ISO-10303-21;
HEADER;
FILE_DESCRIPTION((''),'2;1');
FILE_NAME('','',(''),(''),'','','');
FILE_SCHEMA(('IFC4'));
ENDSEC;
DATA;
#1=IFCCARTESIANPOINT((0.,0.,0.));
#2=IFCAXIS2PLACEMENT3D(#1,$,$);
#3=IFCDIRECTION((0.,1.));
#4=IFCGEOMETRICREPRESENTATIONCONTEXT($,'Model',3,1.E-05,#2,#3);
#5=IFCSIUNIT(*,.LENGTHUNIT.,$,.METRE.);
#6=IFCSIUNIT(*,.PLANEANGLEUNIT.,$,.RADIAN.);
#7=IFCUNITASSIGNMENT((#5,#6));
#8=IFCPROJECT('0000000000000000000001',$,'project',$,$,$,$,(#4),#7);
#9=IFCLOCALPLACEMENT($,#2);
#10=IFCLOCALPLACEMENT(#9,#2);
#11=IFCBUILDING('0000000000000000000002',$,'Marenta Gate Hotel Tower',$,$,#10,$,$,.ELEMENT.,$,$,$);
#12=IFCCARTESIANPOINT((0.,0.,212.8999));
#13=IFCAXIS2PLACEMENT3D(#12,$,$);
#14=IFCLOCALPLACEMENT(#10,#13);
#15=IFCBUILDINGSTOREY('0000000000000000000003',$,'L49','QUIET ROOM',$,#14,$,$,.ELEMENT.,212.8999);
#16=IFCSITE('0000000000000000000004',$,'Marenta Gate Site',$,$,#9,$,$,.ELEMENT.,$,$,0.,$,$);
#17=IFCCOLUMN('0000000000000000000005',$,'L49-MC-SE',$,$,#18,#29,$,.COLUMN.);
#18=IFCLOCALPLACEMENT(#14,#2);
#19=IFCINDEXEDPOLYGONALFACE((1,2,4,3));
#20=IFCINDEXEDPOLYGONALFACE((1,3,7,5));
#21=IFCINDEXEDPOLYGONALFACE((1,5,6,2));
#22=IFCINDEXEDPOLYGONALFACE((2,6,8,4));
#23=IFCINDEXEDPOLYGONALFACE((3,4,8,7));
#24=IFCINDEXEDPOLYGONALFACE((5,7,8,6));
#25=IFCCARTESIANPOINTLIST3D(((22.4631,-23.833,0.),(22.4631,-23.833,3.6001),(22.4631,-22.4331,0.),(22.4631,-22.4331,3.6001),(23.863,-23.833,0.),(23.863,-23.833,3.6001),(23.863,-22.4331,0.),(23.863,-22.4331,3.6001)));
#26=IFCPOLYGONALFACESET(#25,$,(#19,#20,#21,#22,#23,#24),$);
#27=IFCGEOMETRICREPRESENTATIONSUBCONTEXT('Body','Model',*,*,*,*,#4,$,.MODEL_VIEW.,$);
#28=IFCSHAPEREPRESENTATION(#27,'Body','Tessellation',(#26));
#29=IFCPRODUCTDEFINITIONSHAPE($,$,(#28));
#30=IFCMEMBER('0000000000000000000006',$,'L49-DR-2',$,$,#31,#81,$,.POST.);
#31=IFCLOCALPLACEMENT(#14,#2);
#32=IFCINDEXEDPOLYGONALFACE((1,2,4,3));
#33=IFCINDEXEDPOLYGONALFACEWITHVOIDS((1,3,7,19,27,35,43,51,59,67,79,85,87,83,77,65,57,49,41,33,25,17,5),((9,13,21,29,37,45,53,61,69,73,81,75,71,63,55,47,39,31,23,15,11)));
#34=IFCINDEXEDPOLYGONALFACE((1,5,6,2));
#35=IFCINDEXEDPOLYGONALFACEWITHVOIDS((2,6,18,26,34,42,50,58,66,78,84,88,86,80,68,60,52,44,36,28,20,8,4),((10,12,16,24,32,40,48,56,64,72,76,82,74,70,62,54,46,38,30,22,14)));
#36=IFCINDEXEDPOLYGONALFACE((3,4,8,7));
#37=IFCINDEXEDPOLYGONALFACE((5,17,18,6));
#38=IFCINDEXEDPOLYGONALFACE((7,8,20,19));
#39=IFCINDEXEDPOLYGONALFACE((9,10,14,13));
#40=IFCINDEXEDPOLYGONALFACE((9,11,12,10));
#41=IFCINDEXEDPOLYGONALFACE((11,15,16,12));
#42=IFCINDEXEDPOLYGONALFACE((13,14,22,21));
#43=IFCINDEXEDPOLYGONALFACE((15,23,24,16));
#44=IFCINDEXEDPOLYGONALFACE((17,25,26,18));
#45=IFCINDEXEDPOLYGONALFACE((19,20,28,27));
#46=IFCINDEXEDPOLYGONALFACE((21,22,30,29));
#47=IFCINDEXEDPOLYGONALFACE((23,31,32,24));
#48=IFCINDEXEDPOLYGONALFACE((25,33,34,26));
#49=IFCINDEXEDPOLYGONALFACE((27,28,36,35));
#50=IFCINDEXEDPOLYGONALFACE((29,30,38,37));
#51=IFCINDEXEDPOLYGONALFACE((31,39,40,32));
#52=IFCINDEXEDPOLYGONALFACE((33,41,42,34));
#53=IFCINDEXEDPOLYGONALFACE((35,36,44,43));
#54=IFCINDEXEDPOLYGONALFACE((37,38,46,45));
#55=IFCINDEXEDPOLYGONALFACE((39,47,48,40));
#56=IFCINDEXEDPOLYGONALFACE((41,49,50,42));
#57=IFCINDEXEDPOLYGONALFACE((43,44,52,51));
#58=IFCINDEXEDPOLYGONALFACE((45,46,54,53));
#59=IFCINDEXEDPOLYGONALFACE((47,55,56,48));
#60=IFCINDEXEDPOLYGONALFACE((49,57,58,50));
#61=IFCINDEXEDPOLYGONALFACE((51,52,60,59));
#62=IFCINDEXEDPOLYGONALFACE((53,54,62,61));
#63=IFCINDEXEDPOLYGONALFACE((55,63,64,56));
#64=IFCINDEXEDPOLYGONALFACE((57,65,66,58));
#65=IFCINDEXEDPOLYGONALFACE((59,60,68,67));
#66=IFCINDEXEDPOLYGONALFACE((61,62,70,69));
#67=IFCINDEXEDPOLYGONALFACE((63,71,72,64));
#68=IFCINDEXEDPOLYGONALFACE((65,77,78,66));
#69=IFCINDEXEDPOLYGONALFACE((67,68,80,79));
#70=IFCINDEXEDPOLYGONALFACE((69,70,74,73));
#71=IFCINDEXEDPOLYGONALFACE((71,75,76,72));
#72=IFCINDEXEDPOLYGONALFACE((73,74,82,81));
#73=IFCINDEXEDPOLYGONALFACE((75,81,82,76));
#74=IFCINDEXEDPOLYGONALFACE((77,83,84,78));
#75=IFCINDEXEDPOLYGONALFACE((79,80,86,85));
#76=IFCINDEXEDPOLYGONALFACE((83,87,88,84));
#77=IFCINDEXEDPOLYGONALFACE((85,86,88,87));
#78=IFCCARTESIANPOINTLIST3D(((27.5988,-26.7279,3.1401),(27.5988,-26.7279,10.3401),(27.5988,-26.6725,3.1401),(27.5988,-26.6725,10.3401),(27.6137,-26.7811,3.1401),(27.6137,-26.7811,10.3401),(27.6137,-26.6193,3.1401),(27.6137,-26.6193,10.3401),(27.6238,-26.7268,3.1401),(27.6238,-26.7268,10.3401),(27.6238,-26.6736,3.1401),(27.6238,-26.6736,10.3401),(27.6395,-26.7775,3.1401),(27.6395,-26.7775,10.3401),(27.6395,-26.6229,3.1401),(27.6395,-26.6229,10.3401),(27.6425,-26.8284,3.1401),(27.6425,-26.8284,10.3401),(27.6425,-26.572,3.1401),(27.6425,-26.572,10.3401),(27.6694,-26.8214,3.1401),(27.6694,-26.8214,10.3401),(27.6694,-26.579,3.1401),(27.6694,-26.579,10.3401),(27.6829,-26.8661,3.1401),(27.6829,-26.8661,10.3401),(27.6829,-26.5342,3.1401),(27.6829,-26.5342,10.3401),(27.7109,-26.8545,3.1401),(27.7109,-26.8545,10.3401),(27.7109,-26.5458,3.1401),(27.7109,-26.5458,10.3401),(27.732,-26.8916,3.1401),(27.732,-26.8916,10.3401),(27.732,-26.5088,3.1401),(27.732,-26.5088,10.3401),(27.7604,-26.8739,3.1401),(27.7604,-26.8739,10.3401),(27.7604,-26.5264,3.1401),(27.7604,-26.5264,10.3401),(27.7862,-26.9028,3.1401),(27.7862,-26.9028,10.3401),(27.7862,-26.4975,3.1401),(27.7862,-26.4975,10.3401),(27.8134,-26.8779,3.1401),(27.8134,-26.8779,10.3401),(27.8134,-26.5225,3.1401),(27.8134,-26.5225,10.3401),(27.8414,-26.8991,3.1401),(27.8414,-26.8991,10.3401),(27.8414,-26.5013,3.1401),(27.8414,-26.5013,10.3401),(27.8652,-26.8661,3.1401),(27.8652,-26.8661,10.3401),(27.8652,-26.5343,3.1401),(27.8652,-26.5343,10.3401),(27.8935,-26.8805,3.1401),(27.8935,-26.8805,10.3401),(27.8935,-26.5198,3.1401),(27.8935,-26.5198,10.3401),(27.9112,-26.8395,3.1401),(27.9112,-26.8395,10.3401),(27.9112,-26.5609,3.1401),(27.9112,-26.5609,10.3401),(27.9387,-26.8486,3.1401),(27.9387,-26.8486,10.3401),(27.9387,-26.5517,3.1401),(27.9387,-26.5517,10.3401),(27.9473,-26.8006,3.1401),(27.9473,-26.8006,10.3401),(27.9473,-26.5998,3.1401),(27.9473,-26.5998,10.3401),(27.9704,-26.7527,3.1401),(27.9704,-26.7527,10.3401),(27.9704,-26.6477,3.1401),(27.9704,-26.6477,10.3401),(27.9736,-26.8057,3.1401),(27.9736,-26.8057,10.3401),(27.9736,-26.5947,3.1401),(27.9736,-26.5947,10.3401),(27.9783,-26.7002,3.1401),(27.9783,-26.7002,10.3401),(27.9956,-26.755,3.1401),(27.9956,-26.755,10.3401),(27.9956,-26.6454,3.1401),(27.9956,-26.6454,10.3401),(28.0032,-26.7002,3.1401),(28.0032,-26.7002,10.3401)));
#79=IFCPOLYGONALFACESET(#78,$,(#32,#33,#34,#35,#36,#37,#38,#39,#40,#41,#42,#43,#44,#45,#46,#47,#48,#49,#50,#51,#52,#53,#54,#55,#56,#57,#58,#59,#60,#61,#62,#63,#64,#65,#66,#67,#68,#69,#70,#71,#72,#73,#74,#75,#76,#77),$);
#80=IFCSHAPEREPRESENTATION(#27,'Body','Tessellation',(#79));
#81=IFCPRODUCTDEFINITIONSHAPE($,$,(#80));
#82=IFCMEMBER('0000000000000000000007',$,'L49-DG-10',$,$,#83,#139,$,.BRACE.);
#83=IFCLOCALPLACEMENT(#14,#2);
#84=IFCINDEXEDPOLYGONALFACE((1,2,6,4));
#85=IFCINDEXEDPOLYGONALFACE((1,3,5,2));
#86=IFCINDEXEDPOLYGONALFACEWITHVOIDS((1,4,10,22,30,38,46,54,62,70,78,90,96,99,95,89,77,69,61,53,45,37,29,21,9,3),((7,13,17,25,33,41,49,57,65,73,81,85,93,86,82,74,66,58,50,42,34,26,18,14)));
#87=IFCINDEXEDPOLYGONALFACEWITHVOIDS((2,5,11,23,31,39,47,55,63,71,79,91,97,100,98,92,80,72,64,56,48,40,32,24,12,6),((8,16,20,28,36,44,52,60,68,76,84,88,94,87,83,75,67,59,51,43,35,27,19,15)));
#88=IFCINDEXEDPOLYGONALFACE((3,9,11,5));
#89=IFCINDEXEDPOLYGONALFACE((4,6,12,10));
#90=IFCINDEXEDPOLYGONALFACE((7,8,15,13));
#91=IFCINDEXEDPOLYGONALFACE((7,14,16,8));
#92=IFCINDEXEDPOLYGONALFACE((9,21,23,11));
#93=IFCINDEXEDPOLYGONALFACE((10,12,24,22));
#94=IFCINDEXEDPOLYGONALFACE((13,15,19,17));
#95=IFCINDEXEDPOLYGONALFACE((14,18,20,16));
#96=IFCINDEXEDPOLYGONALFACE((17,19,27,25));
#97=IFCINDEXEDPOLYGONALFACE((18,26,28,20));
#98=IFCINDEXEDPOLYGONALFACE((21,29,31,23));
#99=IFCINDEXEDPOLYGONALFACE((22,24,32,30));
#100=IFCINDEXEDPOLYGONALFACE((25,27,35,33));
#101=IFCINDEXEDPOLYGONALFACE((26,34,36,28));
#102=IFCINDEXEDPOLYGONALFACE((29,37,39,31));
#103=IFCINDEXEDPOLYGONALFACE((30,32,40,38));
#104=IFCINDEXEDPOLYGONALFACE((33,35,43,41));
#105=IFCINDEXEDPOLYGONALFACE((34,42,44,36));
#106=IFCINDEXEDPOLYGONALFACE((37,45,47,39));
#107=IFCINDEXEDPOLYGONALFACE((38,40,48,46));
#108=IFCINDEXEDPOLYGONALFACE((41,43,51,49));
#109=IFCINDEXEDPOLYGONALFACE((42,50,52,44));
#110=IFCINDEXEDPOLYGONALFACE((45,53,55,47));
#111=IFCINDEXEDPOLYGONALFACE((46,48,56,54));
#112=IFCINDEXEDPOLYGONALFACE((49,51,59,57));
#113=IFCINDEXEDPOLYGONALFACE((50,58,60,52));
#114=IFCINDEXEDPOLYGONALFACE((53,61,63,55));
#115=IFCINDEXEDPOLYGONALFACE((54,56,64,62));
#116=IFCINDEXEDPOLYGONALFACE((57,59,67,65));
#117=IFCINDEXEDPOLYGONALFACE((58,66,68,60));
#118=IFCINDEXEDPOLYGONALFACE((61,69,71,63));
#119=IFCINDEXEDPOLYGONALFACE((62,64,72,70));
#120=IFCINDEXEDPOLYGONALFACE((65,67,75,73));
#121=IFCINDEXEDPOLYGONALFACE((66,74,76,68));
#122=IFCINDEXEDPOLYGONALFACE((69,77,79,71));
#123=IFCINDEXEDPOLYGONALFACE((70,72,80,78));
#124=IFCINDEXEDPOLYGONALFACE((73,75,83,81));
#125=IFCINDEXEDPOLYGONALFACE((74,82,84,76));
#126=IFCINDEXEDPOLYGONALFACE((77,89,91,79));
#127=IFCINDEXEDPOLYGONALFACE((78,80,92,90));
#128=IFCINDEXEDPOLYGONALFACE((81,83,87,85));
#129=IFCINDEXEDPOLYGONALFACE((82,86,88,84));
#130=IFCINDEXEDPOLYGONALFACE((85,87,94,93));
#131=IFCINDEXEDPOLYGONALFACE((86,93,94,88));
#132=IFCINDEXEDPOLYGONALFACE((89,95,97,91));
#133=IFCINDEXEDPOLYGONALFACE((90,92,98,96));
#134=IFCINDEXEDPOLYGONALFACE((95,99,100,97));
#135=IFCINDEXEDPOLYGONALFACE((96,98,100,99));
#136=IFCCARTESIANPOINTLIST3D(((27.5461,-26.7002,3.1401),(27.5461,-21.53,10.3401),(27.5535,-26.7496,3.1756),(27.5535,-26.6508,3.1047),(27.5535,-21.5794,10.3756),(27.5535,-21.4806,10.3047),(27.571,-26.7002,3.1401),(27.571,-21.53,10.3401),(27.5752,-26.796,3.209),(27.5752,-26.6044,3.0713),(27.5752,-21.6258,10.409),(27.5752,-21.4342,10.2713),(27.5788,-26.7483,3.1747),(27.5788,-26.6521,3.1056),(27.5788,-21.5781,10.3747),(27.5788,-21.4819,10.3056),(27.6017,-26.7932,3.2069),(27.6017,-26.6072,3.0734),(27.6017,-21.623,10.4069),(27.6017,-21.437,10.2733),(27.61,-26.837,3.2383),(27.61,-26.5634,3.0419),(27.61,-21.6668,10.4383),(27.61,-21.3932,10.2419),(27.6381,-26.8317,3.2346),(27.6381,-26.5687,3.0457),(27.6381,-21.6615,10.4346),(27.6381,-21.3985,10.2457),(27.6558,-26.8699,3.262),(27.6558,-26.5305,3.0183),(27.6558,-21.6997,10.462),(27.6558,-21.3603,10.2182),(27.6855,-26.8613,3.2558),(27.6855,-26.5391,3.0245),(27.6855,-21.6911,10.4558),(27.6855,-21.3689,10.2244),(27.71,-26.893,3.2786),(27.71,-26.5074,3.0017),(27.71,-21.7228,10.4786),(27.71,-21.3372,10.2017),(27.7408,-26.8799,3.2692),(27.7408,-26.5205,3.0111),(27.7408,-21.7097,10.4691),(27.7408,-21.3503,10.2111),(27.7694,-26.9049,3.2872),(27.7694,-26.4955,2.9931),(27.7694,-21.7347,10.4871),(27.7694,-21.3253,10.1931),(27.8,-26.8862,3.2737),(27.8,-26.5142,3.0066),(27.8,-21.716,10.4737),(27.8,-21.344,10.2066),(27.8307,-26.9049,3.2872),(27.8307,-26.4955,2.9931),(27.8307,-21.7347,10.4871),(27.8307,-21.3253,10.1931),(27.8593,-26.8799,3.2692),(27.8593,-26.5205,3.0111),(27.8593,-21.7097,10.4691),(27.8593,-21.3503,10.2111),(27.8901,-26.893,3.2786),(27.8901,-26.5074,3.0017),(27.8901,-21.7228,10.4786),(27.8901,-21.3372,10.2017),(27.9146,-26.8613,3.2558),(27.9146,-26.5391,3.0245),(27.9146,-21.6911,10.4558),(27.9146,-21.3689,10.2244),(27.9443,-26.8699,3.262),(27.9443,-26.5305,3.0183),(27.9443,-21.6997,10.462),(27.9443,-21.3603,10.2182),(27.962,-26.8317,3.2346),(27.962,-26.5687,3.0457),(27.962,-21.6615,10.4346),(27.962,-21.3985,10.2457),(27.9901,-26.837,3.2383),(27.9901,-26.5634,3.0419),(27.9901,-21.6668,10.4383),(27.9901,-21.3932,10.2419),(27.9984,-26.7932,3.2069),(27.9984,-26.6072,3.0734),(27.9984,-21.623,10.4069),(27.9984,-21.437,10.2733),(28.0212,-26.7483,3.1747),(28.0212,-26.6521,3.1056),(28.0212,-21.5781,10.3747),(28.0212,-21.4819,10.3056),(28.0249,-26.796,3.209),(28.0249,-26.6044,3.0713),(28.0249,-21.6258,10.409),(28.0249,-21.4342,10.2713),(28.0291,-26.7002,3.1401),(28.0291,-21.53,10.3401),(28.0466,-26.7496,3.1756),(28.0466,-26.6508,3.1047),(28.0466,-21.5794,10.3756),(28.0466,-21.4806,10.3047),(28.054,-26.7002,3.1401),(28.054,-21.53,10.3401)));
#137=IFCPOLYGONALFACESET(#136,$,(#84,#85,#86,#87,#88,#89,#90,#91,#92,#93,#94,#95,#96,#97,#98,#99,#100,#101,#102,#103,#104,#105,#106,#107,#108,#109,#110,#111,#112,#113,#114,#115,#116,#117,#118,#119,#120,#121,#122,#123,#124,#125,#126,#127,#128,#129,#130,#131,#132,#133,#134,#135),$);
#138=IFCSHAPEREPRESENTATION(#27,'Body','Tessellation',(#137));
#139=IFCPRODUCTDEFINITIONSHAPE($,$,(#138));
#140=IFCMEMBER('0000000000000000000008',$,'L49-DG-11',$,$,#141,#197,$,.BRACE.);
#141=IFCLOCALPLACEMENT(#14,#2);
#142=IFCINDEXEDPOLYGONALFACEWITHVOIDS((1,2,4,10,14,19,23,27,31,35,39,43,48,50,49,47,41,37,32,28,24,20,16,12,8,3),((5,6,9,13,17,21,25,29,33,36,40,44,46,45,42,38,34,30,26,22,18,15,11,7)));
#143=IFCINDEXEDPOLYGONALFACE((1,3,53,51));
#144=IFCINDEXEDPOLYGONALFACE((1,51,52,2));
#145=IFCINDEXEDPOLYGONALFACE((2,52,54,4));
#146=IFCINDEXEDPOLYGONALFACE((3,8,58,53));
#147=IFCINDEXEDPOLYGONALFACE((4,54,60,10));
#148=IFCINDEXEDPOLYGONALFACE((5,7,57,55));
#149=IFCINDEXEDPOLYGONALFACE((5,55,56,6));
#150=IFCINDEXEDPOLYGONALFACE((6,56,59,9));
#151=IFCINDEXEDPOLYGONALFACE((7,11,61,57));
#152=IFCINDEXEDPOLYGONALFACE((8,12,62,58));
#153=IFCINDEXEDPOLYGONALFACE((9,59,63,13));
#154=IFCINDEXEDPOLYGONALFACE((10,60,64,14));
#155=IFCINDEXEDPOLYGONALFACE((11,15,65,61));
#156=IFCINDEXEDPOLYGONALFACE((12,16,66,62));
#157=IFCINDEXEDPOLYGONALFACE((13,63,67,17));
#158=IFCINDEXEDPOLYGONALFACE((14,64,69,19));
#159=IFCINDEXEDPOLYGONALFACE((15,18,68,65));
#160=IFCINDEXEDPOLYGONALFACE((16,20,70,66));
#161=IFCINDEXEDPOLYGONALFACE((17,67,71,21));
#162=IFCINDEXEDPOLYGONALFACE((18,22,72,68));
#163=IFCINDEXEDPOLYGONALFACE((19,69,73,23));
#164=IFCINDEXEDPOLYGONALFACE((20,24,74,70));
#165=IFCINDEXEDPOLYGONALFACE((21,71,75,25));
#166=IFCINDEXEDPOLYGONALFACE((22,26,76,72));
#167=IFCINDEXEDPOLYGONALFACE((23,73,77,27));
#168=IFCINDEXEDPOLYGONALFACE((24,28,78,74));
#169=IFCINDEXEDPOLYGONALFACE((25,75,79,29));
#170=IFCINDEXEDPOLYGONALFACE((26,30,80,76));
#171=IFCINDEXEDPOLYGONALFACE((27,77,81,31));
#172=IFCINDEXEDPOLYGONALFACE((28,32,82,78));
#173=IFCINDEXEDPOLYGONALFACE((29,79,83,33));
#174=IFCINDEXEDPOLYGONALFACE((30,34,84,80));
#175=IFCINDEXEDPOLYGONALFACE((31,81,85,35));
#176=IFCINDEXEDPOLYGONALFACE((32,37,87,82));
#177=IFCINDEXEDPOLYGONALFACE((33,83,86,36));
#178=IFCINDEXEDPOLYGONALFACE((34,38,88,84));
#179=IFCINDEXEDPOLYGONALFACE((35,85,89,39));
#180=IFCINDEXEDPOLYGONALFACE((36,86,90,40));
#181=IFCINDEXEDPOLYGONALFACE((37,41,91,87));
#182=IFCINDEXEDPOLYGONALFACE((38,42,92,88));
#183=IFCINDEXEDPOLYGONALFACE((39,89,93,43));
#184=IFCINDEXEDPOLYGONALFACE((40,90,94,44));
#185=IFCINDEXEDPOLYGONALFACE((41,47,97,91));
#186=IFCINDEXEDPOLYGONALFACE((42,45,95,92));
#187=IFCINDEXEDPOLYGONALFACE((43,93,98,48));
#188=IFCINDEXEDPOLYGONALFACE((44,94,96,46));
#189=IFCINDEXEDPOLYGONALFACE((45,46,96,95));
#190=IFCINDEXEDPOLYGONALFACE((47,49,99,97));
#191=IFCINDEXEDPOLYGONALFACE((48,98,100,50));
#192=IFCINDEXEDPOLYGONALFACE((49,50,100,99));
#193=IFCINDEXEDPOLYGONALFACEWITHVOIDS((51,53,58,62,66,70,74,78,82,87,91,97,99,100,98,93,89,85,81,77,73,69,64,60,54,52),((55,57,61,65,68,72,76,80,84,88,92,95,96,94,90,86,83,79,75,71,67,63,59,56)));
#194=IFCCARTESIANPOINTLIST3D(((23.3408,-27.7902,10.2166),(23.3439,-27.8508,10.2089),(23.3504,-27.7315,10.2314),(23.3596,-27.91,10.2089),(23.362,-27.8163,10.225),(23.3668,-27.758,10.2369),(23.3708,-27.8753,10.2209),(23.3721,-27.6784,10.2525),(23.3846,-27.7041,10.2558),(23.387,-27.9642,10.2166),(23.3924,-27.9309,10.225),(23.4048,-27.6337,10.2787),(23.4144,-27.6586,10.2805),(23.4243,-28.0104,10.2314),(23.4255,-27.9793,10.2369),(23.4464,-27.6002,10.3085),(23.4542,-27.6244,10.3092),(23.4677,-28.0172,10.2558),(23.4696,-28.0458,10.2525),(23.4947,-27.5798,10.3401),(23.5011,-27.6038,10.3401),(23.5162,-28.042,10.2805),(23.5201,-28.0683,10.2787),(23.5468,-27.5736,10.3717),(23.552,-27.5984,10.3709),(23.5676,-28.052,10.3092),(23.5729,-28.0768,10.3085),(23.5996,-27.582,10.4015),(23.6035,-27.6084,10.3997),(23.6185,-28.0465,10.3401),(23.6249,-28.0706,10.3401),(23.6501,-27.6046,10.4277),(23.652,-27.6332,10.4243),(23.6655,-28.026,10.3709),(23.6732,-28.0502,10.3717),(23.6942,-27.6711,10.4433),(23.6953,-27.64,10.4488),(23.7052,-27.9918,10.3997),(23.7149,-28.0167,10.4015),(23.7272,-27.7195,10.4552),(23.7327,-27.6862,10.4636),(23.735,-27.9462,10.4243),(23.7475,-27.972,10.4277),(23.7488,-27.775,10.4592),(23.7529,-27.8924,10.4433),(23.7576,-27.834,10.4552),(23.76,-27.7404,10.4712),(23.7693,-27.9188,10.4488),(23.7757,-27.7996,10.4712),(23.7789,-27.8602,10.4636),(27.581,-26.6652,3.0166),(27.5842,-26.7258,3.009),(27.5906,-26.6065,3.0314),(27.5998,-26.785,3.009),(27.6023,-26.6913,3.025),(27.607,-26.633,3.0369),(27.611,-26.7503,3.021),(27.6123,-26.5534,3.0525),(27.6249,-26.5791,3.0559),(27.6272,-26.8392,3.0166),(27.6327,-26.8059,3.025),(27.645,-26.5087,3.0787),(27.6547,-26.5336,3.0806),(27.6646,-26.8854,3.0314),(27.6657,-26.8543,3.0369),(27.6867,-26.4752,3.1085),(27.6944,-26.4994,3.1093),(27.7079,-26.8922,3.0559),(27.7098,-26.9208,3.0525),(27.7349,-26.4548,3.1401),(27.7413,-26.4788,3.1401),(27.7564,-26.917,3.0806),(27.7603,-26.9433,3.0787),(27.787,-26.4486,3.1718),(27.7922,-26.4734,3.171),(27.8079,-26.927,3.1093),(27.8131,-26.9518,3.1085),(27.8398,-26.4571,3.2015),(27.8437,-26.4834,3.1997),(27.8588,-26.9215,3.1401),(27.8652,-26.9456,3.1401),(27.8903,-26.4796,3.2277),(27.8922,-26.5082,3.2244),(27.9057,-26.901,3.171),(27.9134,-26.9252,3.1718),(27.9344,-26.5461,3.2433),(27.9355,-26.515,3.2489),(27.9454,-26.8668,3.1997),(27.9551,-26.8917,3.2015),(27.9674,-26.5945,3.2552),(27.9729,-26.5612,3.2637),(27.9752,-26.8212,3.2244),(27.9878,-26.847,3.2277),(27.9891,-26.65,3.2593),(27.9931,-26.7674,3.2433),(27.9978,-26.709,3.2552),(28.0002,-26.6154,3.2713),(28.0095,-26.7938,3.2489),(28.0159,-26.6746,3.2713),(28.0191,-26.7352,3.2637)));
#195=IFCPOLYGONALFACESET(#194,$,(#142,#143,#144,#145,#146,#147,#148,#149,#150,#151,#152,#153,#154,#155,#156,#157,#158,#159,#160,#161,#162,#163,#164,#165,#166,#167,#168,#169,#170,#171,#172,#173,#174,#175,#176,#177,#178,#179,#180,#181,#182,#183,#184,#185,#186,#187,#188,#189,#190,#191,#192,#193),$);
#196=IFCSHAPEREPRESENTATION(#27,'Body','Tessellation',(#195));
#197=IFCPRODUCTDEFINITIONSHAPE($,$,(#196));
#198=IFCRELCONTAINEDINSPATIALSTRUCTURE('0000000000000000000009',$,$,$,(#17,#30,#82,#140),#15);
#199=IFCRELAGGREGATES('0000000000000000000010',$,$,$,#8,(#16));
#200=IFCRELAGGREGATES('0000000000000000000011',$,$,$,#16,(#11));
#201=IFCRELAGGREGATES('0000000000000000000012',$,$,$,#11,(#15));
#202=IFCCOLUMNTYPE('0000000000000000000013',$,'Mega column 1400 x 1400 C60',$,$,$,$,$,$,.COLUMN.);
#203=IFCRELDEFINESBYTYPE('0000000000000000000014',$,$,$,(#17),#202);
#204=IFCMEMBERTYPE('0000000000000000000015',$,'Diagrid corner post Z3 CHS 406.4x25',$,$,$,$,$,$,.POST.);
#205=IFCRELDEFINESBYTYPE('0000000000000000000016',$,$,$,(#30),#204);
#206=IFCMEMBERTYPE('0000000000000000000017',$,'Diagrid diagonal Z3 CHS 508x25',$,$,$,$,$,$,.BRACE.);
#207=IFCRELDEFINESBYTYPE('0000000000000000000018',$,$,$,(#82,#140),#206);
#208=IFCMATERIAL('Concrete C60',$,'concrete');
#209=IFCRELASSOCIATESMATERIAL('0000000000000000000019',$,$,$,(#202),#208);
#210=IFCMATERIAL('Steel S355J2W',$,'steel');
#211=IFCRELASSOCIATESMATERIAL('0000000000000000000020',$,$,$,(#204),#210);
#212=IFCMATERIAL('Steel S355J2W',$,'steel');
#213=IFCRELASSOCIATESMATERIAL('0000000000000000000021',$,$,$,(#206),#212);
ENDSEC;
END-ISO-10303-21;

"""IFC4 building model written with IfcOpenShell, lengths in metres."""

from ifc_helpers import new_model, si_unit, direction, frame, origin, origin_2d, place, context, subcontext, project, spatial, rectangle, hollow_circle, extrude, material, material_profile, profile_set, type_object, element, save


model = new_model("IFC4")

# Units and contexts
model_context = context("Model", 3, precision=1e-05, world=origin(), true_north=direction((0.0, 1.0)))
body_context = subcontext(model_context, "Body", "Model", "MODEL_VIEW")
ifc_project = project(units=[si_unit("LENGTHUNIT", "METRE"), si_unit("PLANEANGLEUNIT", "RADIAN")], contexts=[model_context])

# Site, building, storey
site_placement = place(None, origin())
site = spatial("IfcSite", under=ifc_project, at=site_placement, Name="Marenta Gate Site", CompositionType="ELEMENT", RefElevation=0.0)
building_placement = place(site_placement, origin())
building = spatial("IfcBuilding", under=site, at=building_placement, Name="Marenta Gate Hotel Tower", CompositionType="ELEMENT")
storey_placement = place(building_placement, frame((0.0, 0.0, 212.8999)))
storey = spatial("IfcBuildingStorey", under=building, at=storey_placement, Name="L49", Description="QUIET ROOM", CompositionType="ELEMENT", Elevation=212.8999)

# Column
ifc_material_1 = material(Name="Concrete C60", Category="concrete")
ifc_material_profile_1 = material_profile(ifc_material_1, rectangle(XDim=1.3999, YDim=1.3999, at=origin_2d()), Name="1400 x 1400")
ifc_profile_set_1 = profile_set([ifc_material_profile_1], Name="Concrete C60")
column_type = type_object("IfcColumnType", Name="Mega column 1400 x 1400 C60", PredefinedType="COLUMN", material=ifc_profile_set_1)
column_placement = place(storey_placement, frame((23.1631, -23.1331, 0.0), z_axis=(0.0, 0.0, 1.0), x_axis=(1.0, 0.0, 0.0)))
element("IfcColumn", 1, at=column_placement, inside=storey, type_object=column_type, Name="L49-MC-SE", PredefinedType="COLUMN", context=body_context, shape_type="SweptSolid", body=[
    extrude(rectangle(XDim=1.3999, YDim=1.3999, at=origin_2d()), origin(), (0.0, 0.0, 1.0), 3.6001),
])

# Members
ifc_material_2 = material(Name="Steel S355J2W", Category="steel")
ifc_material_profile_2 = material_profile(ifc_material_2, hollow_circle(Radius=0.2031, WallThickness=0.0249, at=origin_2d()), Name="CHS 406.4x25")
ifc_profile_set_2 = profile_set([ifc_material_profile_2], Name="Steel S355J2W")
member_type_1 = type_object("IfcMemberType", Name="Diagrid corner post Z3 CHS 406.4x25", PredefinedType="POST", material=ifc_profile_set_2)
member_1_placement = place(storey_placement, frame((27.8, -26.7002, 3.1401), z_axis=(0.0, 0.0, 1.0), x_axis=(1.0, 0.0, 0.0)))
element("IfcMember", 2, at=member_1_placement, inside=storey, type_object=member_type_1, Name="L49-DR-2", PredefinedType="POST", context=body_context, shape_type="SweptSolid", body=[
    extrude(hollow_circle(Radius=0.2031, WallThickness=0.0249, at=origin_2d()), origin(), (0.0, 0.0, 1.0), 7.2),
])
ifc_material_3 = material(Name="Steel S355J2W", Category="steel")
ifc_material_profile_3 = material_profile(ifc_material_3, hollow_circle(Radius=0.2539, WallThickness=0.0249, at=origin_2d()), Name="CHS 508x25")
ifc_profile_set_3 = profile_set([ifc_material_profile_3], Name="Steel S355J2W")
member_type_2 = type_object("IfcMemberType", Name="Diagrid diagonal Z3 CHS 508x25", PredefinedType="BRACE", material=ifc_profile_set_3)
member_2_placement = place(storey_placement, frame((27.8, -26.7002, 3.1401), z_axis=(0.0, 0.583279, 0.812272), x_axis=(-1.0, 0.0, 0.0)))
element("IfcMember", 3, at=member_2_placement, inside=storey, type_object=member_type_2, Name="L49-DG-10", PredefinedType="BRACE", context=body_context, shape_type="SweptSolid", body=[
    extrude(hollow_circle(Radius=0.2539, WallThickness=0.0249, at=origin_2d()), origin(), (0.0, 0.0, 1.0), 8.864),
])
member_3_placement = place(storey_placement, frame((27.8, -26.7002, 3.1401), z_axis=(-0.502924, -0.133434, 0.853969), x_axis=(0.256443, -0.966559, 0.0)))
element("IfcMember", 4, at=member_3_placement, inside=storey, type_object=member_type_2, Name="L49-DG-11", PredefinedType="BRACE", context=body_context, shape_type="SweptSolid", body=[
    extrude(hollow_circle(Radius=0.2539, WallThickness=0.0249, at=origin_2d()), origin(), (0.0, 0.0, 1.0), 8.4312),
])

save(model, "model.ifc")
